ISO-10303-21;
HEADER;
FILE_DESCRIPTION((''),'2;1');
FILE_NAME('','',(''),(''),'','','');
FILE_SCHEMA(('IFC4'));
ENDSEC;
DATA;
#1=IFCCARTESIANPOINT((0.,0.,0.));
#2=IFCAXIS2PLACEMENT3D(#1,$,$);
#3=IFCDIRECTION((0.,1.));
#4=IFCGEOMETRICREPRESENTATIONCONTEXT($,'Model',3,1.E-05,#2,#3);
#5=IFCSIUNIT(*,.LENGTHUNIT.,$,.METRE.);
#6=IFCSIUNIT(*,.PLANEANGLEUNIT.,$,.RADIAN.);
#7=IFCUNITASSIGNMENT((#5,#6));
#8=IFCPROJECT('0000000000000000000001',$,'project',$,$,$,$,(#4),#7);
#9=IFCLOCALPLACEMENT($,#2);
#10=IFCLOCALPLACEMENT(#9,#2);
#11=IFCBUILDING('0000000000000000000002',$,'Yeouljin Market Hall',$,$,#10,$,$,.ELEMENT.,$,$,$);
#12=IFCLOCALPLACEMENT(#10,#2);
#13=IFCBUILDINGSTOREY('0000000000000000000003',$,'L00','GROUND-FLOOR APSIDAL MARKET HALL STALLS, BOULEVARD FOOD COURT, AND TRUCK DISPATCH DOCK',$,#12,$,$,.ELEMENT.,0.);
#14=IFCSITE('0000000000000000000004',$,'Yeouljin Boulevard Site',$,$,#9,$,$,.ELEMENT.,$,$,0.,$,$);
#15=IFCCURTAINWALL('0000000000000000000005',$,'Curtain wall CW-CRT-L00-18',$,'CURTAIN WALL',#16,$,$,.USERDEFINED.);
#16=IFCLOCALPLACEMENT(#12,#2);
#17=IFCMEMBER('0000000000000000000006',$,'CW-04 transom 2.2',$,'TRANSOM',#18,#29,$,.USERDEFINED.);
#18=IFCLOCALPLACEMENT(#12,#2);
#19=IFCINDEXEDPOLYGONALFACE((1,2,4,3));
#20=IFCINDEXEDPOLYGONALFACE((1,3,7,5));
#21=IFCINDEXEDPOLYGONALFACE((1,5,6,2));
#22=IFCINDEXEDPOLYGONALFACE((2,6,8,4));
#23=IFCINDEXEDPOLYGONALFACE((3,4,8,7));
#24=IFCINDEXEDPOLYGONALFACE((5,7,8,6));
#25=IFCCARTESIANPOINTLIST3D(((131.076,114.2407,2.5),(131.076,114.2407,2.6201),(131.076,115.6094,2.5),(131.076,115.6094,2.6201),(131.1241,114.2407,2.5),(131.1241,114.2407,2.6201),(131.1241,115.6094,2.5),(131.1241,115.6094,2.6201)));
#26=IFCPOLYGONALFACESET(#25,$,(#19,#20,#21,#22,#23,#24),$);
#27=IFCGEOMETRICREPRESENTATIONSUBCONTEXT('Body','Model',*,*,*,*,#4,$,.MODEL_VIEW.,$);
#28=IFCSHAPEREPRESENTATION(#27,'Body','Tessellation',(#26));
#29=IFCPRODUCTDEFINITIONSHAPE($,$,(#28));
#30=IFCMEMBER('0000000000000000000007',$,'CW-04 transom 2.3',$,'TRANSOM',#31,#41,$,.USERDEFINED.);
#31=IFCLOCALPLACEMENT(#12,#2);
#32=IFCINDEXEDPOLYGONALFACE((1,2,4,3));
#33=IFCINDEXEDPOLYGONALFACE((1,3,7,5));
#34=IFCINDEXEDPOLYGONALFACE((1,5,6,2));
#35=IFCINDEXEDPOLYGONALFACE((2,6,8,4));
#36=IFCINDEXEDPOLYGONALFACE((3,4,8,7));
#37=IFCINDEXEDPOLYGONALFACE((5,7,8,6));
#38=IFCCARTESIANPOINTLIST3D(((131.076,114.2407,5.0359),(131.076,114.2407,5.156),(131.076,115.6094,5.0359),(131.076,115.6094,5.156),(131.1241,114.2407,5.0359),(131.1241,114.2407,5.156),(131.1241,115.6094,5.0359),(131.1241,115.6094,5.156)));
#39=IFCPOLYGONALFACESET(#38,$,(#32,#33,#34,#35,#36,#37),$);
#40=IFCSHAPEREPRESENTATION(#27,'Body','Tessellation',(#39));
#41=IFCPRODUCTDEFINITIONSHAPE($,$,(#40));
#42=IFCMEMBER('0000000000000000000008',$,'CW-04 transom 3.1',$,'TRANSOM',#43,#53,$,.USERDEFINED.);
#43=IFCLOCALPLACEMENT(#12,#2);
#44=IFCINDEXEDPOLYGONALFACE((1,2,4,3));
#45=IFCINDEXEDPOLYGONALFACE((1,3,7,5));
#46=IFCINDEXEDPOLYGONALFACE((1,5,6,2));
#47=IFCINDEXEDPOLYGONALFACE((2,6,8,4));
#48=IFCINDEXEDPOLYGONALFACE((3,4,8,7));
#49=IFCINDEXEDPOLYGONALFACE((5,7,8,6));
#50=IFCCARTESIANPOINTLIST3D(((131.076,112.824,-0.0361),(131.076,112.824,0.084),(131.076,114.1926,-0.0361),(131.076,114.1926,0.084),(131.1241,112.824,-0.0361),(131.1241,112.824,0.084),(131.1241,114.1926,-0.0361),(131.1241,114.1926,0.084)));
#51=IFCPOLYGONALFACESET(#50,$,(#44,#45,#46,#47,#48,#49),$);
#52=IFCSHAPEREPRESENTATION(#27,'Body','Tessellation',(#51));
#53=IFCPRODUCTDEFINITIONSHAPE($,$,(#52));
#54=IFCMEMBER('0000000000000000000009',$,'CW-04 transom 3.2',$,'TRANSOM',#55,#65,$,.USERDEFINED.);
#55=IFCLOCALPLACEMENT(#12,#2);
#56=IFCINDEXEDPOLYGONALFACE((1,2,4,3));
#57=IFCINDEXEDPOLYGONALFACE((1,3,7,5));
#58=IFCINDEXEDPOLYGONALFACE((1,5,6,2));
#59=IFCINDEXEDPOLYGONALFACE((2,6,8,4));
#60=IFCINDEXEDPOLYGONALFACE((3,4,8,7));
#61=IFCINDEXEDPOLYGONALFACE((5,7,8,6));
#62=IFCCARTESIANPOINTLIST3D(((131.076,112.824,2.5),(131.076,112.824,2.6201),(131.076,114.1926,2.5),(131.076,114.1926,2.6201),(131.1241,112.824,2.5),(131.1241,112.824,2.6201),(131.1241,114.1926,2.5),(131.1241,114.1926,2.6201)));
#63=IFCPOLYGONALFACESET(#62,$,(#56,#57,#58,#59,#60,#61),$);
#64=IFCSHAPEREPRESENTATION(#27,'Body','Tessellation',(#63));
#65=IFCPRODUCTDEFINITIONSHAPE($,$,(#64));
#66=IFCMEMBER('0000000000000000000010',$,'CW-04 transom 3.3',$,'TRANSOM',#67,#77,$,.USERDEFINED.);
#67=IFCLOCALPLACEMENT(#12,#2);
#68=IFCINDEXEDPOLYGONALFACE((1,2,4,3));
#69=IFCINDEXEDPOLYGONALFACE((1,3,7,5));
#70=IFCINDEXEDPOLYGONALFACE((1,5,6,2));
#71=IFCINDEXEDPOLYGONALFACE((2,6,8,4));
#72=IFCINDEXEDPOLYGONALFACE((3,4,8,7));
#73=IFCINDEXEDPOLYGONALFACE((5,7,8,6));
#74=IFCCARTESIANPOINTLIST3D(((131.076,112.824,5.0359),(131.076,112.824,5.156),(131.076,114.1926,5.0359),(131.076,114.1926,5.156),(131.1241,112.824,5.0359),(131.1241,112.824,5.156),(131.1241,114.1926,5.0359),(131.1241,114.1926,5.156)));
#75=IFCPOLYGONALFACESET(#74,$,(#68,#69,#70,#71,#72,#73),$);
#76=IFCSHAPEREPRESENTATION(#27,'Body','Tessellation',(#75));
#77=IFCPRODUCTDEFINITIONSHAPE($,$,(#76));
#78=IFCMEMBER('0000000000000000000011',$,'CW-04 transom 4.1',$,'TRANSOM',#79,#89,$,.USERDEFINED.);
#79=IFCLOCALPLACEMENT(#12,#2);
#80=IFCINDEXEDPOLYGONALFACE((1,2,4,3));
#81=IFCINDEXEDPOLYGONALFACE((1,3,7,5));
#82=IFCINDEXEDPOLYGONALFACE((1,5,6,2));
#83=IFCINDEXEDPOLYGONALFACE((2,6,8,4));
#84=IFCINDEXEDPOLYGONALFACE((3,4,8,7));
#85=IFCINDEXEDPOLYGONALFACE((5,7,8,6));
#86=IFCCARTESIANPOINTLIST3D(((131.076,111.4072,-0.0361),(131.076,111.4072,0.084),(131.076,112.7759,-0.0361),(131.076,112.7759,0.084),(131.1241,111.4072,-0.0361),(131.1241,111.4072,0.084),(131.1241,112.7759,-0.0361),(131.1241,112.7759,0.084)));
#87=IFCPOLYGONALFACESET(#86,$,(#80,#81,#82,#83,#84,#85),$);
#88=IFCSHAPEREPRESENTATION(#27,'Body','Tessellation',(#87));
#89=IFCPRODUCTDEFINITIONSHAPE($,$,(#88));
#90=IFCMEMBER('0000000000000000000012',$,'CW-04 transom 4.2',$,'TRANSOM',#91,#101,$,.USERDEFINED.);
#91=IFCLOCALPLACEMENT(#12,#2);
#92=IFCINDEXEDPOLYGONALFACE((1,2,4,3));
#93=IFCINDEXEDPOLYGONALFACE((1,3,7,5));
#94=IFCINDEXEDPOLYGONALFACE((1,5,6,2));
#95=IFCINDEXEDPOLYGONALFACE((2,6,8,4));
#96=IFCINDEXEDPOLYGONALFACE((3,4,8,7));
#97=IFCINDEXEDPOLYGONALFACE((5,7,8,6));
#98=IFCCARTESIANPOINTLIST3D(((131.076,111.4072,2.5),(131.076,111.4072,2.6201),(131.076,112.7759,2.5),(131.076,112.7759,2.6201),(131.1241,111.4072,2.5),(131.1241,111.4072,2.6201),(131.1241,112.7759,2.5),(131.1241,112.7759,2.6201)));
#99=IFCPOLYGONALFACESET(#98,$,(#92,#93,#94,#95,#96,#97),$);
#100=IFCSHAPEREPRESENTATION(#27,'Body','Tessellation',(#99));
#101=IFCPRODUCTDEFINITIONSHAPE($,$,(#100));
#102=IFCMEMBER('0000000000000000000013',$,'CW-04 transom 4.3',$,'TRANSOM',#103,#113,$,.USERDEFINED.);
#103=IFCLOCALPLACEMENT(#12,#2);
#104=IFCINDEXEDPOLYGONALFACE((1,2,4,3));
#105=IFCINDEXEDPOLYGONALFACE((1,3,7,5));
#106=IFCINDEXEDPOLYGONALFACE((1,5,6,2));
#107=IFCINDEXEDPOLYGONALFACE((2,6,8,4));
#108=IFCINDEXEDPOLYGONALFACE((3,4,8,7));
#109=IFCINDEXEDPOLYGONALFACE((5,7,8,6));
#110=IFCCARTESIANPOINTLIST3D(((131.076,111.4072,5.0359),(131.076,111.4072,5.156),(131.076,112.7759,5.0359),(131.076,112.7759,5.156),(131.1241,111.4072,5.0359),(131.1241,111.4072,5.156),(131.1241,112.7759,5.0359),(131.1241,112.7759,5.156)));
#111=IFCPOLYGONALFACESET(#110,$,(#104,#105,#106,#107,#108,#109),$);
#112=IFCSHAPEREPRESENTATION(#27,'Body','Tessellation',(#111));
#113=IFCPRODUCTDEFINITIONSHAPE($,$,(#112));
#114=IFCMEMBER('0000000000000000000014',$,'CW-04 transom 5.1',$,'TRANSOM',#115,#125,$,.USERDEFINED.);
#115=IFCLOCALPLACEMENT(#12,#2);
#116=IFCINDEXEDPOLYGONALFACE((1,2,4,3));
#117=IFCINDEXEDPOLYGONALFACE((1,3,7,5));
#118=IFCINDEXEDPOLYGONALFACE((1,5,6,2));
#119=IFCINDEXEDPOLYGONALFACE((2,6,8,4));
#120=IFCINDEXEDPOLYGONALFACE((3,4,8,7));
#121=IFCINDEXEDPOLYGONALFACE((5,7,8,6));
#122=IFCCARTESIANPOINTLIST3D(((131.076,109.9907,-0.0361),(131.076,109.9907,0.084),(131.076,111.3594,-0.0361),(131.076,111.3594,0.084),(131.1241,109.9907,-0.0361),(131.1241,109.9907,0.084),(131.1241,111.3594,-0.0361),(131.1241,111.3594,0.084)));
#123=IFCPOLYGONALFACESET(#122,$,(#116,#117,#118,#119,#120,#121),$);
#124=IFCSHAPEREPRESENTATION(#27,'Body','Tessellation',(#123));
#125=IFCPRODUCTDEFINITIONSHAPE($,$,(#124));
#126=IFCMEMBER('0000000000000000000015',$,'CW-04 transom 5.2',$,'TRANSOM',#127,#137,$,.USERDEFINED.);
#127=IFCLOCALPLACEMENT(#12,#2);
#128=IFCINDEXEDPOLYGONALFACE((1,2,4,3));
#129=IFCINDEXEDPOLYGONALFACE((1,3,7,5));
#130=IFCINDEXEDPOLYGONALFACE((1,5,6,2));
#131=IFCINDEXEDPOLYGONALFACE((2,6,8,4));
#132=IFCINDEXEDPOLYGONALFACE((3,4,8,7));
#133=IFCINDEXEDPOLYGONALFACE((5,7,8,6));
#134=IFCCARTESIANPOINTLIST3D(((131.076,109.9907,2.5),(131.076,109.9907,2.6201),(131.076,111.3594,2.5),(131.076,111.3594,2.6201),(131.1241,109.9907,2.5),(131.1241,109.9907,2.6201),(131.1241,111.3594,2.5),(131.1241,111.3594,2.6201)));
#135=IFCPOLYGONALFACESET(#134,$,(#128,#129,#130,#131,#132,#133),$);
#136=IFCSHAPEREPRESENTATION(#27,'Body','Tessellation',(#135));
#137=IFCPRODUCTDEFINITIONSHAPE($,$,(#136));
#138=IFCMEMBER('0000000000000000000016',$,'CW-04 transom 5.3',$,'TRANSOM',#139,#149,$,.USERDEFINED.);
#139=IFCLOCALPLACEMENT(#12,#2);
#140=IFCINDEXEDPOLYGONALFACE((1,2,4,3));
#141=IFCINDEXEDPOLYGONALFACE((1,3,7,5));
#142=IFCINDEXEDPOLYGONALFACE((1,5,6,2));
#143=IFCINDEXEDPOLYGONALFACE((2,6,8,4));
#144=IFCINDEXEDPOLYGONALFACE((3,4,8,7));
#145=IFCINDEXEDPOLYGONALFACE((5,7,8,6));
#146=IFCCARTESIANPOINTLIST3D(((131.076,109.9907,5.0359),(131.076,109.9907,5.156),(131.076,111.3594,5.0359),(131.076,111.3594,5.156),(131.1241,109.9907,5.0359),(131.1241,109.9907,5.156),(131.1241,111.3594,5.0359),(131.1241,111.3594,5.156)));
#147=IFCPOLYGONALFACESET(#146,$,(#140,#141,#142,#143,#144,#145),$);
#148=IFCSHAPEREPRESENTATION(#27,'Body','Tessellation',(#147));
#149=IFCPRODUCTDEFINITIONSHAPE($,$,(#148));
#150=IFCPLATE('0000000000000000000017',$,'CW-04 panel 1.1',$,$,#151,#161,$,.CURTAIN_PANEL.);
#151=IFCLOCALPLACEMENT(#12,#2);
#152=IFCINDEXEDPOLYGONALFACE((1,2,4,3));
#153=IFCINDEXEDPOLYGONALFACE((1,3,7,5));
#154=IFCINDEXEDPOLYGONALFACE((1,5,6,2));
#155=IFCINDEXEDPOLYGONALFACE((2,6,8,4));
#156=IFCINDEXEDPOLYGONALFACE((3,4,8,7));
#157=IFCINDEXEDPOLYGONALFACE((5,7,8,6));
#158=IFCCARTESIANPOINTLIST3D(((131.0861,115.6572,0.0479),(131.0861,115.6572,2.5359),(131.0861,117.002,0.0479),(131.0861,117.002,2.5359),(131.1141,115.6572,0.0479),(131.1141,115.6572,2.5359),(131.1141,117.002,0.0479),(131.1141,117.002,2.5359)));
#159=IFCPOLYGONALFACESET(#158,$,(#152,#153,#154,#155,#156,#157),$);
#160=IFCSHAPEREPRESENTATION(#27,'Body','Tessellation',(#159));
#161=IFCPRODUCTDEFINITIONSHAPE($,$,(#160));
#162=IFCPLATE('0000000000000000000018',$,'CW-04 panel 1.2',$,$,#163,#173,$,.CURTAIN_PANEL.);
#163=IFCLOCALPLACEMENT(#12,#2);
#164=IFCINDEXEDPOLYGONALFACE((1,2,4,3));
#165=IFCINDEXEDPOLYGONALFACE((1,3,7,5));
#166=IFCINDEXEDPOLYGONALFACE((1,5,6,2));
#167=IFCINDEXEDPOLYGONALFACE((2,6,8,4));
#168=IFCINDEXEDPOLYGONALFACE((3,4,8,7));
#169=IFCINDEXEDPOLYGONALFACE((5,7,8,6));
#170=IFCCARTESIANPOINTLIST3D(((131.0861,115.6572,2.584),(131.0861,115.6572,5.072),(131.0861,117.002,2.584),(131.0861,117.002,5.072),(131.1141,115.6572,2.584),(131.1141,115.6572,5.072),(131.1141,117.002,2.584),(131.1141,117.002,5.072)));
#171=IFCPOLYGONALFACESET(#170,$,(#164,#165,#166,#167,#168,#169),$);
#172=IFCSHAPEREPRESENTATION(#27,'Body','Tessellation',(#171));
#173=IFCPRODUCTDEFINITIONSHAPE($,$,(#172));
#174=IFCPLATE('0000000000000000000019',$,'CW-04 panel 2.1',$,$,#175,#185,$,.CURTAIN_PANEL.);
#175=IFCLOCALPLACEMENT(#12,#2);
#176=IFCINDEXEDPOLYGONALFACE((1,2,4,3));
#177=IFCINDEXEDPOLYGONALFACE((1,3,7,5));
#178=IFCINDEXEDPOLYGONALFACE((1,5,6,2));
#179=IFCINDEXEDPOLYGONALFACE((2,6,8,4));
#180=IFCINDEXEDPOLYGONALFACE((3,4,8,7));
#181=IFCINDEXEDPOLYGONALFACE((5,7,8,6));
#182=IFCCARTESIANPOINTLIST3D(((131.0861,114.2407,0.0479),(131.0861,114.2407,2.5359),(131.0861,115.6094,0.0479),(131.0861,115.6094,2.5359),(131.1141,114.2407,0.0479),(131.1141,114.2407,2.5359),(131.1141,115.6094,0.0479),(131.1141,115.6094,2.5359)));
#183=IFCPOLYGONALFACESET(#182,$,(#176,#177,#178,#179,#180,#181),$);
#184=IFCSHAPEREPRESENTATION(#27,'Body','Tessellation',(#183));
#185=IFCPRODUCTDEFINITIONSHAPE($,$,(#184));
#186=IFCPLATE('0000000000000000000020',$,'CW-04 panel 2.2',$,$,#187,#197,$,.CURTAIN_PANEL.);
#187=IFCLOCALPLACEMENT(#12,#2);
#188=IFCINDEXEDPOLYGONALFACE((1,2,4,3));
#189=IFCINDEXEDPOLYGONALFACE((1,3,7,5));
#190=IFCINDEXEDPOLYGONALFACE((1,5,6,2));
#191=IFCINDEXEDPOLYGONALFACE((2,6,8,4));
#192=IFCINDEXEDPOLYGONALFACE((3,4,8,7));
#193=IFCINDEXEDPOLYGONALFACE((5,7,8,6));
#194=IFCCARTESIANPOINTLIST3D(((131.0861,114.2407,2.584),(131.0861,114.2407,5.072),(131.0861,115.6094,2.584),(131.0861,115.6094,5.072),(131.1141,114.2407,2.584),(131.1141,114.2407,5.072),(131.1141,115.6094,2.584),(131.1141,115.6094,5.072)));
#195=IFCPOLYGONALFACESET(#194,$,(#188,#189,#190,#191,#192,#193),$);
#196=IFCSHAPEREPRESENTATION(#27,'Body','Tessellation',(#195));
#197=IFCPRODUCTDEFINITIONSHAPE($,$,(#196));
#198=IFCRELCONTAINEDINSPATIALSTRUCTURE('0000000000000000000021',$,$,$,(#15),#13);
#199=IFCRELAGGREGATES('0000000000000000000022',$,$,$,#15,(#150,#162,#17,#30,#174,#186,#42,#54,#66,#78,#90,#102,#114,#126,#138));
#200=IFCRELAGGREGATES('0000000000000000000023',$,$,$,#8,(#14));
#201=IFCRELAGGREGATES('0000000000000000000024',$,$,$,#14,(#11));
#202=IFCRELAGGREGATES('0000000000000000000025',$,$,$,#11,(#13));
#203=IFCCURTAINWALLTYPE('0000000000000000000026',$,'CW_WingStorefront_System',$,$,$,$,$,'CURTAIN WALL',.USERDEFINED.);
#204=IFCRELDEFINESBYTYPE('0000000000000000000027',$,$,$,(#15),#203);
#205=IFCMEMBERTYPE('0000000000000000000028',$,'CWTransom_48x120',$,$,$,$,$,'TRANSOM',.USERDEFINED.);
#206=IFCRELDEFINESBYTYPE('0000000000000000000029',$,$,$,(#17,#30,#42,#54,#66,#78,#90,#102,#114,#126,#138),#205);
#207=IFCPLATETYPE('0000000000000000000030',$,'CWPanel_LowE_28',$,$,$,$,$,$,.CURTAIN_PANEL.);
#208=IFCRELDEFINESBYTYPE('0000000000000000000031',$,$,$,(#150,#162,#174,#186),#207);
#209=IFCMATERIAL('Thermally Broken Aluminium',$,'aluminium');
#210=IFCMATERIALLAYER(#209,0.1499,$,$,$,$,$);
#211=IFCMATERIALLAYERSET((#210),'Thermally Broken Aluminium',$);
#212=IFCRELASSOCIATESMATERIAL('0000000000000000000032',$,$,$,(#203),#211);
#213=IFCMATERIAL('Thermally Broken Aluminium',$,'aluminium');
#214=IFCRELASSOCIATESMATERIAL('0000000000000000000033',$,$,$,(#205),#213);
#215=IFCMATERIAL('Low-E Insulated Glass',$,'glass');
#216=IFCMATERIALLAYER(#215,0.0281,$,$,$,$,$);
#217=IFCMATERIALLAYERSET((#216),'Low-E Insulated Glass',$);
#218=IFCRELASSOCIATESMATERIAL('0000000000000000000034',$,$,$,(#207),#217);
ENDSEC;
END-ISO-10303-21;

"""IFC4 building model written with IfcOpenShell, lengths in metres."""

from ifc_helpers import new_model, si_unit, direction, frame, origin, origin_2d, place, context, subcontext, project, spatial, rectangle, extrude, material, layer, layer_set, material_profile, profile_set, type_object, element, aggregate, save


model = new_model("IFC4")

# Units and contexts
model_context = context("Model", 3, precision=1e-05, world=origin(), true_north=direction((0.0, 1.0)))
body_context = subcontext(model_context, "Body", "Model", "MODEL_VIEW")
ifc_project = project(units=[si_unit("LENGTHUNIT", "METRE"), si_unit("PLANEANGLEUNIT", "RADIAN")], contexts=[model_context])

# Site, building, storey
site_placement = place(None, origin())
site = spatial("IfcSite", under=ifc_project, at=site_placement, Name="Yeouljin Boulevard Site", CompositionType="ELEMENT", RefElevation=0.0)
building_placement = place(site_placement, origin())
building = spatial("IfcBuilding", under=site, at=building_placement, Name="Yeouljin Market Hall", CompositionType="ELEMENT")
storey_placement = place(building_placement, origin())
storey = spatial("IfcBuildingStorey", under=building, at=storey_placement, Name="L00", Description="GROUND-FLOOR APSIDAL MARKET HALL STALLS, BOULEVARD FOOD COURT, AND TRUCK DISPATCH DOCK", CompositionType="ELEMENT", Elevation=0.0)

# Curtain wall, members, plates
ifc_material_1 = material(Name="Thermally Broken Aluminium", Category="aluminium")
ifc_layer_1 = layer(ifc_material_1, 0.1499)
ifc_layer_set_1 = layer_set([ifc_layer_1], Name="Thermally Broken Aluminium")
curtain_wall_type = type_object("IfcCurtainWallType", Name="CW_WingStorefront_System", ElementType="CURTAIN WALL", PredefinedType="USERDEFINED", material=ifc_layer_set_1)
curtain_wall_placement = place(storey_placement, origin())
curtain_wall = element("IfcCurtainWall", 1, at=curtain_wall_placement, inside=storey, type_object=curtain_wall_type, Name="Curtain wall CW-CRT-L00-18", ObjectType="CURTAIN WALL", PredefinedType="USERDEFINED")
ifc_material_2 = material(Name="Thermally Broken Aluminium", Category="aluminium")
ifc_material_profile_1 = material_profile(ifc_material_2, rectangle(XDim=0.0481, YDim=0.1201, at=origin_2d()), Name="CW-TRAN-48x120")
ifc_profile_set_1 = profile_set([ifc_material_profile_1], Name="Thermally Broken Aluminium")
member_type_1 = type_object("IfcMemberType", Name="CWTransom_48x120", ElementType="TRANSOM", PredefinedType="USERDEFINED", material=ifc_profile_set_1)
member_1_placement = place(storey_placement, frame((131.1001, 115.6094, 2.5601), z_axis=(0.0, -1.0, 0.0), x_axis=(1.0, 0.0, 0.0)))
member_1 = element("IfcMember", 2, at=member_1_placement, type_object=member_type_1, Name="CW-04 transom 2.2", ObjectType="TRANSOM", PredefinedType="USERDEFINED", context=body_context, shape_type="SweptSolid", body=[
    extrude(rectangle(XDim=0.0481, YDim=0.1201, at=origin_2d()), origin(), (0.0, 0.0, 1.0), 1.3687),
])
member_2_placement = place(storey_placement, frame((131.1001, 115.6094, 5.0959), z_axis=(0.0, -1.0, 0.0), x_axis=(1.0, 0.0, 0.0)))
member_2 = element("IfcMember", 3, at=member_2_placement, type_object=member_type_1, Name="CW-04 transom 2.3", ObjectType="TRANSOM", PredefinedType="USERDEFINED", context=body_context, shape_type="SweptSolid", body=[
    extrude(rectangle(XDim=0.0481, YDim=0.1201, at=origin_2d()), origin(), (0.0, 0.0, 1.0), 1.3687),
])
member_3_placement = place(storey_placement, frame((131.1001, 114.1926, 0.0239), z_axis=(0.0, -1.0, 0.0), x_axis=(1.0, 0.0, 0.0)))
member_3 = element("IfcMember", 4, at=member_3_placement, type_object=member_type_1, Name="CW-04 transom 3.1", ObjectType="TRANSOM", PredefinedType="USERDEFINED", context=body_context, shape_type="SweptSolid", body=[
    extrude(rectangle(XDim=0.0481, YDim=0.1201, at=origin_2d()), origin(), (0.0, 0.0, 1.0), 1.3687),
])
member_4_placement = place(storey_placement, frame((131.1001, 114.1926, 2.5601), z_axis=(0.0, -1.0, 0.0), x_axis=(1.0, 0.0, 0.0)))
member_4 = element("IfcMember", 5, at=member_4_placement, type_object=member_type_1, Name="CW-04 transom 3.2", ObjectType="TRANSOM", PredefinedType="USERDEFINED", context=body_context, shape_type="SweptSolid", body=[
    extrude(rectangle(XDim=0.0481, YDim=0.1201, at=origin_2d()), origin(), (0.0, 0.0, 1.0), 1.3687),
])
member_5_placement = place(storey_placement, frame((131.1001, 114.1926, 5.0959), z_axis=(0.0, -1.0, 0.0), x_axis=(1.0, 0.0, 0.0)))
member_5 = element("IfcMember", 6, at=member_5_placement, type_object=member_type_1, Name="CW-04 transom 3.3", ObjectType="TRANSOM", PredefinedType="USERDEFINED", context=body_context, shape_type="SweptSolid", body=[
    extrude(rectangle(XDim=0.0481, YDim=0.1201, at=origin_2d()), origin(), (0.0, 0.0, 1.0), 1.3687),
])
member_6_placement = place(storey_placement, frame((131.1001, 112.7759, 0.0239), z_axis=(0.0, -1.0, 0.0), x_axis=(1.0, 0.0, 0.0)))
member_6 = element("IfcMember", 7, at=member_6_placement, type_object=member_type_1, Name="CW-04 transom 4.1", ObjectType="TRANSOM", PredefinedType="USERDEFINED", context=body_context, shape_type="SweptSolid", body=[
    extrude(rectangle(XDim=0.0481, YDim=0.1201, at=origin_2d()), origin(), (0.0, 0.0, 1.0), 1.3687),
])
member_7_placement = place(storey_placement, frame((131.1001, 112.7759, 2.5601), z_axis=(0.0, -1.0, 0.0), x_axis=(1.0, 0.0, 0.0)))
member_7 = element("IfcMember", 8, at=member_7_placement, type_object=member_type_1, Name="CW-04 transom 4.2", ObjectType="TRANSOM", PredefinedType="USERDEFINED", context=body_context, shape_type="SweptSolid", body=[
    extrude(rectangle(XDim=0.0481, YDim=0.1201, at=origin_2d()), origin(), (0.0, 0.0, 1.0), 1.3687),
])
member_8_placement = place(storey_placement, frame((131.1001, 112.7759, 5.0959), z_axis=(0.0, -1.0, 0.0), x_axis=(1.0, 0.0, 0.0)))
member_8 = element("IfcMember", 9, at=member_8_placement, type_object=member_type_1, Name="CW-04 transom 4.3", ObjectType="TRANSOM", PredefinedType="USERDEFINED", context=body_context, shape_type="SweptSolid", body=[
    extrude(rectangle(XDim=0.0481, YDim=0.1201, at=origin_2d()), origin(), (0.0, 0.0, 1.0), 1.3687),
])
member_9_placement = place(storey_placement, frame((131.1001, 111.3594, 0.0239), z_axis=(0.0, -1.0, 0.0), x_axis=(1.0, 0.0, 0.0)))
member_9 = element("IfcMember", 10, at=member_9_placement, type_object=member_type_1, Name="CW-04 transom 5.1", ObjectType="TRANSOM", PredefinedType="USERDEFINED", context=body_context, shape_type="SweptSolid", body=[
    extrude(rectangle(XDim=0.0481, YDim=0.1201, at=origin_2d()), origin(), (0.0, 0.0, 1.0), 1.3687),
])
member_10_placement = place(storey_placement, frame((131.1001, 111.3594, 2.5601), z_axis=(0.0, -1.0, 0.0), x_axis=(1.0, 0.0, 0.0)))
member_10 = element("IfcMember", 11, at=member_10_placement, type_object=member_type_1, Name="CW-04 transom 5.2", ObjectType="TRANSOM", PredefinedType="USERDEFINED", context=body_context, shape_type="SweptSolid", body=[
    extrude(rectangle(XDim=0.0481, YDim=0.1201, at=origin_2d()), origin(), (0.0, 0.0, 1.0), 1.3687),
])
member_11_placement = place(storey_placement, frame((131.1001, 111.3594, 5.0959), z_axis=(0.0, -1.0, 0.0), x_axis=(1.0, 0.0, 0.0)))
member_11 = element("IfcMember", 12, at=member_11_placement, type_object=member_type_1, Name="CW-04 transom 5.3", ObjectType="TRANSOM", PredefinedType="USERDEFINED", context=body_context, shape_type="SweptSolid", body=[
    extrude(rectangle(XDim=0.0481, YDim=0.1201, at=origin_2d()), origin(), (0.0, 0.0, 1.0), 1.3687),
])
ifc_material_3 = material(Name="Low-E Insulated Glass", Category="glass")
ifc_layer_2 = layer(ifc_material_3, 0.0281)
ifc_layer_set_2 = layer_set([ifc_layer_2], Name="Low-E Insulated Glass")
plate_type_1 = type_object("IfcPlateType", Name="CWPanel_LowE_28", PredefinedType="CURTAIN_PANEL", material=ifc_layer_set_2)
plate_1_placement = place(storey_placement, frame((131.1001, 116.3296, 0.0479), z_axis=(0.0, 0.0, 1.0), x_axis=(0.0, -1.0, 0.0)))
plate_1 = element("IfcPlate", 13, at=plate_1_placement, type_object=plate_type_1, Name="CW-04 panel 1.1", PredefinedType="CURTAIN_PANEL", context=body_context, shape_type="SweptSolid", body=[
    extrude(rectangle(XDim=1.3447, YDim=0.0281, at=origin_2d()), origin(), (0.0, 0.0, 1.0), 2.488),
])
plate_2_placement = place(storey_placement, frame((131.1001, 116.3296, 2.584), z_axis=(0.0, 0.0, 1.0), x_axis=(0.0, -1.0, 0.0)))
plate_2 = element("IfcPlate", 14, at=plate_2_placement, type_object=plate_type_1, Name="CW-04 panel 1.2", PredefinedType="CURTAIN_PANEL", context=body_context, shape_type="SweptSolid", body=[
    extrude(rectangle(XDim=1.3447, YDim=0.0281, at=origin_2d()), origin(), (0.0, 0.0, 1.0), 2.488),
])
plate_3_placement = place(storey_placement, frame((131.1001, 114.925, 0.0479), z_axis=(0.0, 0.0, 1.0), x_axis=(0.0, -1.0, 0.0)))
plate_3 = element("IfcPlate", 15, at=plate_3_placement, type_object=plate_type_1, Name="CW-04 panel 2.1", PredefinedType="CURTAIN_PANEL", context=body_context, shape_type="SweptSolid", body=[
    extrude(rectangle(XDim=1.3687, YDim=0.0281, at=origin_2d()), origin(), (0.0, 0.0, 1.0), 2.488),
])
plate_4_placement = place(storey_placement, frame((131.1001, 114.925, 2.584), z_axis=(0.0, 0.0, 1.0), x_axis=(0.0, -1.0, 0.0)))
plate_4 = element("IfcPlate", 16, at=plate_4_placement, type_object=plate_type_1, Name="CW-04 panel 2.2", PredefinedType="CURTAIN_PANEL", context=body_context, shape_type="SweptSolid", body=[
    extrude(rectangle(XDim=1.3687, YDim=0.0281, at=origin_2d()), origin(), (0.0, 0.0, 1.0), 2.488),
])
aggregate(curtain_wall, [plate_1, plate_2, member_1, member_2, plate_3, plate_4, member_3, member_4, member_5, member_6, member_7, member_8, member_9, member_10, member_11])

save(model, "model.ifc")
